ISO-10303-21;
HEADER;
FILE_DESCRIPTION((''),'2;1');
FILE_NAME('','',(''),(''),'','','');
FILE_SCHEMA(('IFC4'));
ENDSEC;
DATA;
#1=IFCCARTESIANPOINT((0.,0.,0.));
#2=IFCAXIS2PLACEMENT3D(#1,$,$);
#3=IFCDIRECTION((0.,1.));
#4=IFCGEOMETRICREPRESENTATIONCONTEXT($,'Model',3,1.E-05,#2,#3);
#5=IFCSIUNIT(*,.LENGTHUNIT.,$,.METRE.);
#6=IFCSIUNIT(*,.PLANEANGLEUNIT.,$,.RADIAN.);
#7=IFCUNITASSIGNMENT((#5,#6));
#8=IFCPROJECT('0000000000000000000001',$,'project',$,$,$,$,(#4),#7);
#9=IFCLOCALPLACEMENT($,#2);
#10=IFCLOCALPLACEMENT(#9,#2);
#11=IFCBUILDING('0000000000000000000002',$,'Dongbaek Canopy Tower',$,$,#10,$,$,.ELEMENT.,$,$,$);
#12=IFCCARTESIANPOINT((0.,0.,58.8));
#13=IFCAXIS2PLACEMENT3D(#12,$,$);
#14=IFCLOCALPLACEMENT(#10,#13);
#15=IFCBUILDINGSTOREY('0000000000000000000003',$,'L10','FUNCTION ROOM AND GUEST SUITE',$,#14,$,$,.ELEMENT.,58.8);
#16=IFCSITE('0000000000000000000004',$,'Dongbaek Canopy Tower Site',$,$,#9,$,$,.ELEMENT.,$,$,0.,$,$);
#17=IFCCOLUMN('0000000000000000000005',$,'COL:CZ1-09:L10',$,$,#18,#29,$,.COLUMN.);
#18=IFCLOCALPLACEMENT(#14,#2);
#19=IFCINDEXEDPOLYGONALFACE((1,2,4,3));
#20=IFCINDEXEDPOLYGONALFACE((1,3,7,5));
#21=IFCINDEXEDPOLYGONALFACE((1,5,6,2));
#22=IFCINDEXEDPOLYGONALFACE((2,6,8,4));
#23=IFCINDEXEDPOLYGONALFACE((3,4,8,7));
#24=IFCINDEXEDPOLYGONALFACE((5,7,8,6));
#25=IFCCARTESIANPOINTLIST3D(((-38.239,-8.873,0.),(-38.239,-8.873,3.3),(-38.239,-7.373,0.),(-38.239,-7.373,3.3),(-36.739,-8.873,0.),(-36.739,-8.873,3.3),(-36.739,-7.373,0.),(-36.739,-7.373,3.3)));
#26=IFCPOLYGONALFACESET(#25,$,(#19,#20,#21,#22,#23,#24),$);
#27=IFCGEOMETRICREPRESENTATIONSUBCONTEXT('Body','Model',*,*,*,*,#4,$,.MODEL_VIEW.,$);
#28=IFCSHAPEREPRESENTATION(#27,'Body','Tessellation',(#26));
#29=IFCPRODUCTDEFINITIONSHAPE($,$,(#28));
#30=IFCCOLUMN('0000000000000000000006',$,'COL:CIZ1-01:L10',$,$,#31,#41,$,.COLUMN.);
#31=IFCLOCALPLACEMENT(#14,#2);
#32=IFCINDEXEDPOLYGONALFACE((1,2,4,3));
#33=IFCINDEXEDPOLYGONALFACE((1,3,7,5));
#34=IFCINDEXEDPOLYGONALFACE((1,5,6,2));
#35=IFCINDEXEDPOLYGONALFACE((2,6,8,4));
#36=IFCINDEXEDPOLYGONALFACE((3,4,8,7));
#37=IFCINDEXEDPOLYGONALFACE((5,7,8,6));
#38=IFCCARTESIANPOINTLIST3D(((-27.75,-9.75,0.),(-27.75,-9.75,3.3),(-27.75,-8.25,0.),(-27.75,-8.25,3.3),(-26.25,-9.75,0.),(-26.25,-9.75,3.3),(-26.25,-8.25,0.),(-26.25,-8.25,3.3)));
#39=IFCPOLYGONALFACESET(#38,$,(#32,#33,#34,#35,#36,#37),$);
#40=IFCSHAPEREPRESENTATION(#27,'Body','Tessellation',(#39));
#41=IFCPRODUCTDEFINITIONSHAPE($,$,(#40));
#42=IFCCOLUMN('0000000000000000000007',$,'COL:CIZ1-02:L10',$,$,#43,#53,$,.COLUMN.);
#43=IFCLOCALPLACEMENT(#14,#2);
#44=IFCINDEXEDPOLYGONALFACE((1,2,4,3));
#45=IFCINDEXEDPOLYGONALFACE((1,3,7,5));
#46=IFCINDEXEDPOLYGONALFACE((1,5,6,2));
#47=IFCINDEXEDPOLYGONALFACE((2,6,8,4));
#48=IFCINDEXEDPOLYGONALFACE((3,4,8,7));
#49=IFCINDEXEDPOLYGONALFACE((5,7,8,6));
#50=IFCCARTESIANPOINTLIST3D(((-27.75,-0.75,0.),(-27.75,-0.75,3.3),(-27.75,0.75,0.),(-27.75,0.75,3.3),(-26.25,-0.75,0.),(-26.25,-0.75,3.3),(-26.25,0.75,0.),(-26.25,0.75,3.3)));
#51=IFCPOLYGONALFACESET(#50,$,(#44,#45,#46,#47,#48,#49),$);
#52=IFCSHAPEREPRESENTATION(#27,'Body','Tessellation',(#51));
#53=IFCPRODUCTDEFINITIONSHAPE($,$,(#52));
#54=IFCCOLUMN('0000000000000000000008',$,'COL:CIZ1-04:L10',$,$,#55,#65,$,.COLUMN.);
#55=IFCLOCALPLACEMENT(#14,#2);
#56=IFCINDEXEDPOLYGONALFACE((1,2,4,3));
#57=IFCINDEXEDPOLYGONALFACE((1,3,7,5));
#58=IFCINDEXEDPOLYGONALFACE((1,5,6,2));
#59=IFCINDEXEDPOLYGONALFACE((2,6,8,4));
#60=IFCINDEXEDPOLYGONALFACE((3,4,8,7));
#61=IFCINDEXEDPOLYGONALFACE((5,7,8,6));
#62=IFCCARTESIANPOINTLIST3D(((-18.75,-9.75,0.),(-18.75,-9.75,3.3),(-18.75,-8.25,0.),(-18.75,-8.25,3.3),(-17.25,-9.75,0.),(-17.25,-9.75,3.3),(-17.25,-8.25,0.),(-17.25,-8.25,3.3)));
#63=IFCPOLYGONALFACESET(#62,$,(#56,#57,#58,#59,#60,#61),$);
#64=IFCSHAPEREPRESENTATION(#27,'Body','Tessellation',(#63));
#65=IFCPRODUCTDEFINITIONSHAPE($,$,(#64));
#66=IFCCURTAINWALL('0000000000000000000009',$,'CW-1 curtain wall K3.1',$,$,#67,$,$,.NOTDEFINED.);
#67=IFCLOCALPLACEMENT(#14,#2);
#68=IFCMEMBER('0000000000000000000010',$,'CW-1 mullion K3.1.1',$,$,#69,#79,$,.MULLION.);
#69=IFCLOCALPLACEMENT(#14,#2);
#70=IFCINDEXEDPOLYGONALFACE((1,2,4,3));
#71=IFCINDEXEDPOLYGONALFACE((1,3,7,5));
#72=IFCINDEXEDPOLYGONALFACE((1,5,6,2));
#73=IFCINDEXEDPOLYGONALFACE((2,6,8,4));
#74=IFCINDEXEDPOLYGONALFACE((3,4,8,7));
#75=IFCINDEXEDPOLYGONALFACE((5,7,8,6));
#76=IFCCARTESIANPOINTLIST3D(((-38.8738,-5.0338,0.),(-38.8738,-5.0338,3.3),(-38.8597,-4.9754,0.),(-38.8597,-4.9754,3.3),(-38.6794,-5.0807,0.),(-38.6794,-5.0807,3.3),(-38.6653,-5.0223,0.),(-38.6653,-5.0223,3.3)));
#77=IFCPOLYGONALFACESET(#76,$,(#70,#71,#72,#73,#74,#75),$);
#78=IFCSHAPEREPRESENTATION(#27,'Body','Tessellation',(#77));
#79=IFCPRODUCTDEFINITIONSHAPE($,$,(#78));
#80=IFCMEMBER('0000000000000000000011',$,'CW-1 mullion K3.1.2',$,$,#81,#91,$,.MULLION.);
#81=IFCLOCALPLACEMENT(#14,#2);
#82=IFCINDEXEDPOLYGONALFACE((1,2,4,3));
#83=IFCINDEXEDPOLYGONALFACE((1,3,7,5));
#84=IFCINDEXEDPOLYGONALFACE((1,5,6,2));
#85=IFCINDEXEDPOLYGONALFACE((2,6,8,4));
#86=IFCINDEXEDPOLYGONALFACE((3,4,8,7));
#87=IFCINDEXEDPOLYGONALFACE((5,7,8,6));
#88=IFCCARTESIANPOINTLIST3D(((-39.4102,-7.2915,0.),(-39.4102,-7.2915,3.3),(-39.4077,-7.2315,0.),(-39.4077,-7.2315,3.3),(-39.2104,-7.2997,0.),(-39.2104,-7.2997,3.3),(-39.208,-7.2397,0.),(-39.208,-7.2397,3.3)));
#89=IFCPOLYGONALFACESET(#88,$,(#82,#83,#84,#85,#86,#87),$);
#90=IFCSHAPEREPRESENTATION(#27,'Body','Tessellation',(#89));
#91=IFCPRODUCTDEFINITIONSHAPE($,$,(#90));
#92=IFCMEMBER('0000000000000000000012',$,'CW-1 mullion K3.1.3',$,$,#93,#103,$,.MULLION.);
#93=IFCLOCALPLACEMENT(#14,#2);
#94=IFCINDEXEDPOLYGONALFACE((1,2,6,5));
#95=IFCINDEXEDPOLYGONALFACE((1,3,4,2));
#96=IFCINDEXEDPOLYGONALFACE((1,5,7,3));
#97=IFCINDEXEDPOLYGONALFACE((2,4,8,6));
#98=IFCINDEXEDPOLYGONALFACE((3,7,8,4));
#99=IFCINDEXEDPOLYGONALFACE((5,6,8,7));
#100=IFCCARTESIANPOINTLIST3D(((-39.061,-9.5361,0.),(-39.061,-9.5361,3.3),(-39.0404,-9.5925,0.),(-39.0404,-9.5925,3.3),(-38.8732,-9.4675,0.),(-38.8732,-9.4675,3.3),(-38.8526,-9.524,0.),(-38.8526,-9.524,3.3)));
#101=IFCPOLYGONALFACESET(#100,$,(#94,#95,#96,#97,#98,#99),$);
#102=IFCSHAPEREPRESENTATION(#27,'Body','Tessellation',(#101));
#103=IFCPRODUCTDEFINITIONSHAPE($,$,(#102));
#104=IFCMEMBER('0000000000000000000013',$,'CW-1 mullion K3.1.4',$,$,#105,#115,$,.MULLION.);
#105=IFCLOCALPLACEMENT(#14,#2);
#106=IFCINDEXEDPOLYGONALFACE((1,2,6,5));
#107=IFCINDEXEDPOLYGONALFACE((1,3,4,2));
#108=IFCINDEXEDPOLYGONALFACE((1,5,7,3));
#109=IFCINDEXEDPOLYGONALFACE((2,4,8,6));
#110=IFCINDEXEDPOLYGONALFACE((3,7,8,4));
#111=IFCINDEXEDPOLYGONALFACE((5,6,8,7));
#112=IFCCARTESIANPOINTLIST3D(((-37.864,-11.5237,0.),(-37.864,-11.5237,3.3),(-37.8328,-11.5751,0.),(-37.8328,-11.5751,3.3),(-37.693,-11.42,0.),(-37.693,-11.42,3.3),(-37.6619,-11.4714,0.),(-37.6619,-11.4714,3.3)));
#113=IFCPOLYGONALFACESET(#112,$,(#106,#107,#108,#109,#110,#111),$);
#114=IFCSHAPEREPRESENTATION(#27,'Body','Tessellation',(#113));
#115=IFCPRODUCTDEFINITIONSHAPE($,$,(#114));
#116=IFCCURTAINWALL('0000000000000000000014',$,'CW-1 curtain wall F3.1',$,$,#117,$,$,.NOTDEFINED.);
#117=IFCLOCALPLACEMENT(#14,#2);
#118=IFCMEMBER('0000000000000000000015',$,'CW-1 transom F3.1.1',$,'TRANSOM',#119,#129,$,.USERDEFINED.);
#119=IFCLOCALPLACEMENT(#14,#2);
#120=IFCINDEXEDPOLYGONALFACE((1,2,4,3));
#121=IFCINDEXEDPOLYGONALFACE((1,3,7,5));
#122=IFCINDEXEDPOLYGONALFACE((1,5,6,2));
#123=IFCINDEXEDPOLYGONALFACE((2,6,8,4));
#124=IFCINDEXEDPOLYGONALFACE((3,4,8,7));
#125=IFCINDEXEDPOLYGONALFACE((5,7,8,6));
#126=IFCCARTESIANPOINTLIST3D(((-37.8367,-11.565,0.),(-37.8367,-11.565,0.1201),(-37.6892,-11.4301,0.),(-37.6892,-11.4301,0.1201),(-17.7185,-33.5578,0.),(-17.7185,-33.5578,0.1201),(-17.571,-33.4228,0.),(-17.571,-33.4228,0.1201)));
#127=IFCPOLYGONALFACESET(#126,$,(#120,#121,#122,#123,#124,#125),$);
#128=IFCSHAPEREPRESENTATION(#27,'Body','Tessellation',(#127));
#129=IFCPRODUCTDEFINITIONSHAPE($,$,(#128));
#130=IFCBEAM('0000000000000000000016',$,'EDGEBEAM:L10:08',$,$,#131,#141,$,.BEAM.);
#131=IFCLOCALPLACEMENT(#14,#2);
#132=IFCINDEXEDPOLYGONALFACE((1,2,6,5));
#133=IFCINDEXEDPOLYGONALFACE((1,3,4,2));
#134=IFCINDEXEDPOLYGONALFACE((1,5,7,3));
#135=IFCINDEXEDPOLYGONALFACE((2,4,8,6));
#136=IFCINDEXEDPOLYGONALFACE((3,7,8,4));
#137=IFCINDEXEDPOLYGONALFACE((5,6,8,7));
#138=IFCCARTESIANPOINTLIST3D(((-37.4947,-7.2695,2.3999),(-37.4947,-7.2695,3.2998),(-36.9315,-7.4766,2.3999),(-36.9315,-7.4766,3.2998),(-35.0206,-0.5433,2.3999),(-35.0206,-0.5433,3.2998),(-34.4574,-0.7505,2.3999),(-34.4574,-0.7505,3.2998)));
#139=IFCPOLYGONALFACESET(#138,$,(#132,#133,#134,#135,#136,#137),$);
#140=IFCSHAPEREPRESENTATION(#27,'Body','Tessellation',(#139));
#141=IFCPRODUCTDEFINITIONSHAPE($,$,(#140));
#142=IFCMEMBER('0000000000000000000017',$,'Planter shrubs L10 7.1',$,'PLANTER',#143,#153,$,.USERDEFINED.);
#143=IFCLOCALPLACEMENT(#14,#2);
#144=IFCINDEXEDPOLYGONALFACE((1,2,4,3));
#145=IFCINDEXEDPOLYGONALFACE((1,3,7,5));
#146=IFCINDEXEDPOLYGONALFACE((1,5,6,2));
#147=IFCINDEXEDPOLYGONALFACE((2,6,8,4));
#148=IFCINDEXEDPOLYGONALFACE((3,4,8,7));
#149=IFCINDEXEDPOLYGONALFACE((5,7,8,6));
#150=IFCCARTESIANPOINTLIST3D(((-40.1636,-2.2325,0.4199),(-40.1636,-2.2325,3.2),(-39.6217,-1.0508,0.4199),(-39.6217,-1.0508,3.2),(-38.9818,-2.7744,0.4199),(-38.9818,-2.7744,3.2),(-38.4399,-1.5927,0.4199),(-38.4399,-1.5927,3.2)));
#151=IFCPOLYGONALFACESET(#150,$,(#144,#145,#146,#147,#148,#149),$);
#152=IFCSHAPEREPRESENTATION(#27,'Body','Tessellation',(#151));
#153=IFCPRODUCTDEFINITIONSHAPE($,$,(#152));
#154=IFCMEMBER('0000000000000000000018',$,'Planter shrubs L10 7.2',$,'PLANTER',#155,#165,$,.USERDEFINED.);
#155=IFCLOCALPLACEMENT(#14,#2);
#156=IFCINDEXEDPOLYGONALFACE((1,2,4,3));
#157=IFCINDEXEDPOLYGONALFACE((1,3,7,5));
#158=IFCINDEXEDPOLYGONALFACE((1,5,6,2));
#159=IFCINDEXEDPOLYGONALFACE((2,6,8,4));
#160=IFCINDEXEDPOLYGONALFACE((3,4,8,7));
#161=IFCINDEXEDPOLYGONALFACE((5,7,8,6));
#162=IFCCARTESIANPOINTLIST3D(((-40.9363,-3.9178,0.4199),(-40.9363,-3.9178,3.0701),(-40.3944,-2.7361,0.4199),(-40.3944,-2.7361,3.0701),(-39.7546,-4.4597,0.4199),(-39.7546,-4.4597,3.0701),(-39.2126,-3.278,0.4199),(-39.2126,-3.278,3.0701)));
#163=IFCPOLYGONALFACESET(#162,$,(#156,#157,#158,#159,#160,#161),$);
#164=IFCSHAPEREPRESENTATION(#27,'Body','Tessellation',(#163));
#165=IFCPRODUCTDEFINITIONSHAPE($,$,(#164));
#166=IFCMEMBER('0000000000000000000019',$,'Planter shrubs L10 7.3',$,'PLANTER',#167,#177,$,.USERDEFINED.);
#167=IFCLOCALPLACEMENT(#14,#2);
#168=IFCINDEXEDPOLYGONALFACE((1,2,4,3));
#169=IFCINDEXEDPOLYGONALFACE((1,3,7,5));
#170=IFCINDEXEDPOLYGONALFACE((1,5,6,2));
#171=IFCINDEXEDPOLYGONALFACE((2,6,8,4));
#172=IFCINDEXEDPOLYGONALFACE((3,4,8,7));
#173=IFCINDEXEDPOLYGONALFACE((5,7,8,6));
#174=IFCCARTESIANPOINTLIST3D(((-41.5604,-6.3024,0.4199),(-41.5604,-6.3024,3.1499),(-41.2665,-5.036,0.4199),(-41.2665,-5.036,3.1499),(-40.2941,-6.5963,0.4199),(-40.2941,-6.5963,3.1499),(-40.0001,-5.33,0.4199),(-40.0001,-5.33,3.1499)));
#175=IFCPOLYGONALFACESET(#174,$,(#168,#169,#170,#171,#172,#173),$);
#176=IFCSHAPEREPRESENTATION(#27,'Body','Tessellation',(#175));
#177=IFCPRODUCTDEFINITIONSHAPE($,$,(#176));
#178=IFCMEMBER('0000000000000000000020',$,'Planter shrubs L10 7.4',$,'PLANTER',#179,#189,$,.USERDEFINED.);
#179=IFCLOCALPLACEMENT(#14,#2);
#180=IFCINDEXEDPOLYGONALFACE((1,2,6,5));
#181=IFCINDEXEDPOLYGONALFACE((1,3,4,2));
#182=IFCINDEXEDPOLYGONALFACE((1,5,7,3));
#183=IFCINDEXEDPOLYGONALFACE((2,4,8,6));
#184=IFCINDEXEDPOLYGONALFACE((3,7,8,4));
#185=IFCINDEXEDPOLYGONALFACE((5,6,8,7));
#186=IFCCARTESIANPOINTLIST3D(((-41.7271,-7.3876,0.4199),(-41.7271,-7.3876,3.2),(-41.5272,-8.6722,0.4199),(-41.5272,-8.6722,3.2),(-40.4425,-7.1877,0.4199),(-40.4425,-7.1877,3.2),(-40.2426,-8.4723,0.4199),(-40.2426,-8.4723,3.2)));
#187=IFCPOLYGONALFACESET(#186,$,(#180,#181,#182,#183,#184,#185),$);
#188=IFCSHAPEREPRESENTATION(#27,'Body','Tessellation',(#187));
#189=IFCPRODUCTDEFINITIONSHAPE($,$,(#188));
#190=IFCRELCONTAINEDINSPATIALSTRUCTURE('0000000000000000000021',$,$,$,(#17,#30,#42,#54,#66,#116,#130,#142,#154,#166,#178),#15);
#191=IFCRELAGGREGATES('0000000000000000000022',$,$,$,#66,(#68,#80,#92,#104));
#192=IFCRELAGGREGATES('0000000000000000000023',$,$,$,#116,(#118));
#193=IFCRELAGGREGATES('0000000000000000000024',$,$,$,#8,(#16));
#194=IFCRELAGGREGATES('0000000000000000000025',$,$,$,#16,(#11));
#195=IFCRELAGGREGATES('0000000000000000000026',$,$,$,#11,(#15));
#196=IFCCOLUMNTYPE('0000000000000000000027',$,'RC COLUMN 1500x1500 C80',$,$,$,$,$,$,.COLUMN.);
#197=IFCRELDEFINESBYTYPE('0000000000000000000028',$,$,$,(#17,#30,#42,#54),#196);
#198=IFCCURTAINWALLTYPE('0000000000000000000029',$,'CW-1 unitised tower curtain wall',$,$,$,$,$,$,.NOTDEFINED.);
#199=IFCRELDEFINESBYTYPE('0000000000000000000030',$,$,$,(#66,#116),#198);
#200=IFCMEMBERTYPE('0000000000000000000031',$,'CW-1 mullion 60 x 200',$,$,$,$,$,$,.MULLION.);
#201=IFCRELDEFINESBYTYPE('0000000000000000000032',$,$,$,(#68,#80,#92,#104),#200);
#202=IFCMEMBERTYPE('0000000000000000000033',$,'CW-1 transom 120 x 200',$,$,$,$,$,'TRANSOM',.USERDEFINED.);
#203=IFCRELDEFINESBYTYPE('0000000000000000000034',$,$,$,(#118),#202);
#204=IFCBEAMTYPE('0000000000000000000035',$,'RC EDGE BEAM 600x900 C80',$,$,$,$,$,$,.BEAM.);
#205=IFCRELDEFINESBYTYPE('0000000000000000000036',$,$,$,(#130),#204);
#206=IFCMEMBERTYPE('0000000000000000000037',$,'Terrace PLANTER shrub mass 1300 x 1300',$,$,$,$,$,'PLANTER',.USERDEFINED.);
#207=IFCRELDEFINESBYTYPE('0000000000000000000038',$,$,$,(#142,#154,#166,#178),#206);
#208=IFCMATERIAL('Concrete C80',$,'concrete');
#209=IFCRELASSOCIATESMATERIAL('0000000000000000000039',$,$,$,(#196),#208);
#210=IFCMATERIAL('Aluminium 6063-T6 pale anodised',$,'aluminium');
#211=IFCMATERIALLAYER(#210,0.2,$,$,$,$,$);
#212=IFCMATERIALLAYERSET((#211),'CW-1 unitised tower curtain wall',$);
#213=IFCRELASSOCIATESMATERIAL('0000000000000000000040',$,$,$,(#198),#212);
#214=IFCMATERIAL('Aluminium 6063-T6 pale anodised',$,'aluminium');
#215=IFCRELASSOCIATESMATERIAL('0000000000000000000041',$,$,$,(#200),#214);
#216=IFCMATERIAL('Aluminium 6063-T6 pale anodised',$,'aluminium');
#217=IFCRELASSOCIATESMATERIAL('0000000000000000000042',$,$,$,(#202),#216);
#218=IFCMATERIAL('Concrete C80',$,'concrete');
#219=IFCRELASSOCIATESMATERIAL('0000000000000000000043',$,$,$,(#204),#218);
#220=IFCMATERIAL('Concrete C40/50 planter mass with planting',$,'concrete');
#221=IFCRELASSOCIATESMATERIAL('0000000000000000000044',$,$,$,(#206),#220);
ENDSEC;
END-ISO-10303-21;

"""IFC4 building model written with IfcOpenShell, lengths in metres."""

from ifc_helpers import new_model, si_unit, direction, frame, origin, origin_2d, place, context, subcontext, project, spatial, rectangle, extrude, material, layer, layer_set, material_profile, profile_set, type_object, element, aggregate, save


model = new_model("IFC4")

# Units and contexts
model_context = context("Model", 3, precision=1e-05, world=origin(), true_north=direction((0.0, 1.0)))
body_context = subcontext(model_context, "Body", "Model", "MODEL_VIEW")
ifc_project = project(units=[si_unit("LENGTHUNIT", "METRE"), si_unit("PLANEANGLEUNIT", "RADIAN")], contexts=[model_context])

# Site, building, storey
site_placement = place(None, origin())
site = spatial("IfcSite", under=ifc_project, at=site_placement, Name="Dongbaek Canopy Tower Site", CompositionType="ELEMENT", RefElevation=0.0)
building_placement = place(site_placement, origin())
building = spatial("IfcBuilding", under=site, at=building_placement, Name="Dongbaek Canopy Tower", CompositionType="ELEMENT")
storey_placement = place(building_placement, frame((0.0, 0.0, 58.8)))
storey = spatial("IfcBuildingStorey", under=building, at=storey_placement, Name="L10", Description="FUNCTION ROOM AND GUEST SUITE", CompositionType="ELEMENT", Elevation=58.8)

# Columns
ifc_material_1 = material(Name="Concrete C80", Category="concrete")
ifc_material_profile_1 = material_profile(ifc_material_1, rectangle(XDim=1.5, YDim=1.5, at=origin_2d()), Name="RC COLUMN 1500x1500 C80")
ifc_profile_set_1 = profile_set([ifc_material_profile_1], Name="Concrete C80")
column_type = type_object("IfcColumnType", Name="RC COLUMN 1500x1500 C80", PredefinedType="COLUMN", material=ifc_profile_set_1)
for number, where, z_axis, x_axis, name in (
    (1, (-37.489, -8.123, 0.0), (0.0, 0.0, 1.0), (1.0, 0.0, 0.0), "COL:CZ1-09:L10"),
    (2, (-27.0, -9.0, 0.0), (0.0, 0.0, 1.0), (1.0, 0.0, 0.0), "COL:CIZ1-01:L10"),
    (3, (-27.0, 0.0, 0.0), (0.0, 0.0, 1.0), (1.0, 0.0, 0.0), "COL:CIZ1-02:L10"),
    (4, (-18.0, -9.0, 0.0), (0.0, 0.0, 1.0), (1.0, 0.0, 0.0), "COL:CIZ1-04:L10"),
):
    element("IfcColumn", number, at=place(storey_placement, frame(where, z_axis=z_axis, x_axis=x_axis)), inside=storey, type_object=column_type, Name=name, PredefinedType="COLUMN", context=body_context, shape_type="SweptSolid", body=[
        extrude(rectangle(XDim=1.5, YDim=1.5, at=origin_2d()), origin(), (0.0, 0.0, 1.0), 3.3),
    ])

# Curtain wall, members
ifc_material_2 = material(Name="Aluminium 6063-T6 pale anodised", Category="aluminium")
ifc_layer_1 = layer(ifc_material_2, 0.2)
ifc_layer_set_1 = layer_set([ifc_layer_1], Name="CW-1 unitised tower curtain wall")
curtain_wall_type = type_object("IfcCurtainWallType", Name="CW-1 unitised tower curtain wall", PredefinedType="NOTDEFINED", material=ifc_layer_set_1)
curtain_wall_1_placement = place(storey_placement, origin())
curtain_wall_1 = element("IfcCurtainWall", 5, at=curtain_wall_1_placement, inside=storey, type_object=curtain_wall_type, Name="CW-1 curtain wall K3.1", PredefinedType="NOTDEFINED")
ifc_material_3 = material(Name="Aluminium 6063-T6 pale anodised", Category="aluminium")
ifc_material_profile_2 = material_profile(ifc_material_3, rectangle(XDim=0.2, YDim=0.0601, at=origin_2d()), Name="CW-1 mullion 60 x 200")
ifc_profile_set_2 = profile_set([ifc_material_profile_2], Name="Aluminium 6063-T6 pale anodised")
member_type_1 = type_object("IfcMemberType", Name="CW-1 mullion 60 x 200", PredefinedType="MULLION", material=ifc_profile_set_2)
member_1_placement = place(storey_placement, frame((-38.7695, -5.0281, 0.0), z_axis=(0.0, 0.0, 1.0), x_axis=(-0.972134, 0.234426, 0.0)))
member_1 = element("IfcMember", 6, at=member_1_placement, type_object=member_type_1, Name="CW-1 mullion K3.1.1", PredefinedType="MULLION", context=body_context, shape_type="SweptSolid", body=[
    extrude(rectangle(XDim=0.2, YDim=0.0601, at=origin_2d()), origin(), (0.0, 0.0, 1.0), 3.3),
])
member_2_placement = place(storey_placement, frame((-39.3091, -7.2656, 0.0), z_axis=(0.0, 0.0, 1.0), x_axis=(-0.999155, 0.041109, 0.0)))
member_2 = element("IfcMember", 7, at=member_2_placement, type_object=member_type_1, Name="CW-1 mullion K3.1.2", PredefinedType="MULLION", context=body_context, shape_type="SweptSolid", body=[
    extrude(rectangle(XDim=0.2, YDim=0.0601, at=origin_2d()), origin(), (0.0, 0.0, 1.0), 3.3),
])
member_3_placement = place(storey_placement, frame((-38.9568, -9.53, 0.0), z_axis=(0.0, 0.0, 1.0), x_axis=(-0.939409, -0.342799, 0.0)))
member_3 = element("IfcMember", 8, at=member_3_placement, type_object=member_type_1, Name="CW-1 mullion K3.1.3", PredefinedType="MULLION", context=body_context, shape_type="SweptSolid", body=[
    extrude(rectangle(XDim=0.2, YDim=0.0601, at=origin_2d()), origin(), (0.0, 0.0, 1.0), 3.3),
])
member_4_placement = place(storey_placement, frame((-37.7629, -11.4976, 0.0), z_axis=(0.0, 0.0, 1.0), x_axis=(-0.854919, -0.518762, 0.0)))
member_4 = element("IfcMember", 9, at=member_4_placement, type_object=member_type_1, Name="CW-1 mullion K3.1.4", PredefinedType="MULLION", context=body_context, shape_type="SweptSolid", body=[
    extrude(rectangle(XDim=0.2, YDim=0.0601, at=origin_2d()), origin(), (0.0, 0.0, 1.0), 3.3),
])

# Curtain wall, member
curtain_wall_2_placement = place(storey_placement, origin())
curtain_wall_2 = element("IfcCurtainWall", 10, at=curtain_wall_2_placement, inside=storey, type_object=curtain_wall_type, Name="CW-1 curtain wall F3.1", PredefinedType="NOTDEFINED")
ifc_material_4 = material(Name="Aluminium 6063-T6 pale anodised", Category="aluminium")
ifc_material_profile_3 = material_profile(ifc_material_4, rectangle(XDim=0.2, YDim=0.1201, at=origin_2d()), Name="CW-1 transom 120 x 200")
ifc_profile_set_3 = profile_set([ifc_material_profile_3], Name="Aluminium 6063-T6 pale anodised")
member_type_2 = type_object("IfcMemberType", Name="CW-1 transom 120 x 200", ElementType="TRANSOM", PredefinedType="USERDEFINED", material=ifc_profile_set_3)
member_5_placement = place(storey_placement, frame((-37.7629, -11.4976, 0.0601), z_axis=(0.674962, -0.737852, 0.0), x_axis=(0.737852, 0.674962, 0.0)))
member_5 = element("IfcMember", 11, at=member_5_placement, type_object=member_type_2, Name="CW-1 transom F3.1.1", ObjectType="TRANSOM", PredefinedType="USERDEFINED", context=body_context, shape_type="SweptSolid", body=[
    extrude(rectangle(XDim=0.2, YDim=0.1201, at=origin_2d()), origin(), (0.0, 0.0, 1.0), 29.8064),
])

# Beam
ifc_material_5 = material(Name="Concrete C80", Category="concrete")
ifc_material_profile_4 = material_profile(ifc_material_5, rectangle(XDim=0.6001, YDim=0.8999, at=origin_2d()), Name="RC EDGE BEAM 600x900 C80")
ifc_profile_set_4 = profile_set([ifc_material_profile_4], Name="Concrete C80")
beam_type = type_object("IfcBeamType", Name="RC EDGE BEAM 600x900 C80", PredefinedType="BEAM", material=ifc_profile_set_4)
beam_placement = place(storey_placement, frame((-37.2131, -7.373, 2.8499), z_axis=(0.345225, 0.93852, 0.0), x_axis=(-0.93852, 0.345225, 0.0)))
element("IfcBeam", 12, at=beam_placement, inside=storey, type_object=beam_type, Name="EDGEBEAM:L10:08", PredefinedType="BEAM", context=body_context, shape_type="SweptSolid", body=[
    extrude(rectangle(XDim=0.6001, YDim=0.8999, at=origin_2d()), origin(), (0.0, 0.0, 1.0), 7.1667),
])

# Members
ifc_material_6 = material(Name="Concrete C40/50 planter mass with planting", Category="concrete")
ifc_material_profile_5 = material_profile(ifc_material_6, rectangle(XDim=1.3, YDim=1.3, at=origin_2d()), Name="Terrace PLANTER shrub mass 1300 x 1300")
ifc_profile_set_5 = profile_set([ifc_material_profile_5], Name="Concrete C40/50 planter mass with planting")
member_type_3 = type_object("IfcMemberType", Name="Terrace PLANTER shrub mass 1300 x 1300", ElementType="PLANTER", PredefinedType="USERDEFINED", material=ifc_profile_set_5)
member_6_placement = place(storey_placement, frame((-39.3018, -1.9126, 0.4199), z_axis=(0.0, 0.0, 1.0), x_axis=(-0.908982, 0.416834, 0.0)))
element("IfcMember", 13, at=member_6_placement, inside=storey, type_object=member_type_3, Name="Planter shrubs L10 7.1", ObjectType="PLANTER", PredefinedType="USERDEFINED", context=body_context, shape_type="SweptSolid", body=[
    extrude(rectangle(XDim=1.3, YDim=1.3, at=origin_2d()), origin(), (0.0, 0.0, 1.0), 2.78),
])
member_7_placement = place(storey_placement, frame((-40.0745, -3.5979, 0.4199), z_axis=(0.0, 0.0, 1.0), x_axis=(-0.908982, 0.416834, 0.0)))
element("IfcMember", 14, at=member_7_placement, inside=storey, type_object=member_type_3, Name="Planter shrubs L10 7.2", ObjectType="PLANTER", PredefinedType="USERDEFINED", context=body_context, shape_type="SweptSolid", body=[
    extrude(rectangle(XDim=1.3, YDim=1.3, at=origin_2d()), origin(), (0.0, 0.0, 1.0), 2.6501),
])
member_8_placement = place(storey_placement, frame((-40.7803, -5.8162, 0.4199), z_axis=(0.0, 0.0, 1.0), x_axis=(-0.974101, 0.226113, 0.0)))
element("IfcMember", 15, at=member_8_placement, inside=storey, type_object=member_type_3, Name="Planter shrubs L10 7.3", ObjectType="PLANTER", PredefinedType="USERDEFINED", context=body_context, shape_type="SweptSolid", body=[
    extrude(rectangle(XDim=1.3, YDim=1.3, at=origin_2d()), origin(), (0.0, 0.0, 1.0), 2.73),
])
member_9_placement = place(storey_placement, frame((-40.9849, -7.9299, 0.4199), z_axis=(0.0, 0.0, 1.0), x_axis=(-0.988106, -0.153774, 0.0)))
element("IfcMember", 16, at=member_9_placement, inside=storey, type_object=member_type_3, Name="Planter shrubs L10 7.4", ObjectType="PLANTER", PredefinedType="USERDEFINED", context=body_context, shape_type="SweptSolid", body=[
    extrude(rectangle(XDim=1.3, YDim=1.3, at=origin_2d()), origin(), (0.0, 0.0, 1.0), 2.78),
])

aggregate(curtain_wall_1, [member_1, member_2, member_3, member_4])

aggregate(curtain_wall_2, [member_5])

save(model, "model.ifc")
